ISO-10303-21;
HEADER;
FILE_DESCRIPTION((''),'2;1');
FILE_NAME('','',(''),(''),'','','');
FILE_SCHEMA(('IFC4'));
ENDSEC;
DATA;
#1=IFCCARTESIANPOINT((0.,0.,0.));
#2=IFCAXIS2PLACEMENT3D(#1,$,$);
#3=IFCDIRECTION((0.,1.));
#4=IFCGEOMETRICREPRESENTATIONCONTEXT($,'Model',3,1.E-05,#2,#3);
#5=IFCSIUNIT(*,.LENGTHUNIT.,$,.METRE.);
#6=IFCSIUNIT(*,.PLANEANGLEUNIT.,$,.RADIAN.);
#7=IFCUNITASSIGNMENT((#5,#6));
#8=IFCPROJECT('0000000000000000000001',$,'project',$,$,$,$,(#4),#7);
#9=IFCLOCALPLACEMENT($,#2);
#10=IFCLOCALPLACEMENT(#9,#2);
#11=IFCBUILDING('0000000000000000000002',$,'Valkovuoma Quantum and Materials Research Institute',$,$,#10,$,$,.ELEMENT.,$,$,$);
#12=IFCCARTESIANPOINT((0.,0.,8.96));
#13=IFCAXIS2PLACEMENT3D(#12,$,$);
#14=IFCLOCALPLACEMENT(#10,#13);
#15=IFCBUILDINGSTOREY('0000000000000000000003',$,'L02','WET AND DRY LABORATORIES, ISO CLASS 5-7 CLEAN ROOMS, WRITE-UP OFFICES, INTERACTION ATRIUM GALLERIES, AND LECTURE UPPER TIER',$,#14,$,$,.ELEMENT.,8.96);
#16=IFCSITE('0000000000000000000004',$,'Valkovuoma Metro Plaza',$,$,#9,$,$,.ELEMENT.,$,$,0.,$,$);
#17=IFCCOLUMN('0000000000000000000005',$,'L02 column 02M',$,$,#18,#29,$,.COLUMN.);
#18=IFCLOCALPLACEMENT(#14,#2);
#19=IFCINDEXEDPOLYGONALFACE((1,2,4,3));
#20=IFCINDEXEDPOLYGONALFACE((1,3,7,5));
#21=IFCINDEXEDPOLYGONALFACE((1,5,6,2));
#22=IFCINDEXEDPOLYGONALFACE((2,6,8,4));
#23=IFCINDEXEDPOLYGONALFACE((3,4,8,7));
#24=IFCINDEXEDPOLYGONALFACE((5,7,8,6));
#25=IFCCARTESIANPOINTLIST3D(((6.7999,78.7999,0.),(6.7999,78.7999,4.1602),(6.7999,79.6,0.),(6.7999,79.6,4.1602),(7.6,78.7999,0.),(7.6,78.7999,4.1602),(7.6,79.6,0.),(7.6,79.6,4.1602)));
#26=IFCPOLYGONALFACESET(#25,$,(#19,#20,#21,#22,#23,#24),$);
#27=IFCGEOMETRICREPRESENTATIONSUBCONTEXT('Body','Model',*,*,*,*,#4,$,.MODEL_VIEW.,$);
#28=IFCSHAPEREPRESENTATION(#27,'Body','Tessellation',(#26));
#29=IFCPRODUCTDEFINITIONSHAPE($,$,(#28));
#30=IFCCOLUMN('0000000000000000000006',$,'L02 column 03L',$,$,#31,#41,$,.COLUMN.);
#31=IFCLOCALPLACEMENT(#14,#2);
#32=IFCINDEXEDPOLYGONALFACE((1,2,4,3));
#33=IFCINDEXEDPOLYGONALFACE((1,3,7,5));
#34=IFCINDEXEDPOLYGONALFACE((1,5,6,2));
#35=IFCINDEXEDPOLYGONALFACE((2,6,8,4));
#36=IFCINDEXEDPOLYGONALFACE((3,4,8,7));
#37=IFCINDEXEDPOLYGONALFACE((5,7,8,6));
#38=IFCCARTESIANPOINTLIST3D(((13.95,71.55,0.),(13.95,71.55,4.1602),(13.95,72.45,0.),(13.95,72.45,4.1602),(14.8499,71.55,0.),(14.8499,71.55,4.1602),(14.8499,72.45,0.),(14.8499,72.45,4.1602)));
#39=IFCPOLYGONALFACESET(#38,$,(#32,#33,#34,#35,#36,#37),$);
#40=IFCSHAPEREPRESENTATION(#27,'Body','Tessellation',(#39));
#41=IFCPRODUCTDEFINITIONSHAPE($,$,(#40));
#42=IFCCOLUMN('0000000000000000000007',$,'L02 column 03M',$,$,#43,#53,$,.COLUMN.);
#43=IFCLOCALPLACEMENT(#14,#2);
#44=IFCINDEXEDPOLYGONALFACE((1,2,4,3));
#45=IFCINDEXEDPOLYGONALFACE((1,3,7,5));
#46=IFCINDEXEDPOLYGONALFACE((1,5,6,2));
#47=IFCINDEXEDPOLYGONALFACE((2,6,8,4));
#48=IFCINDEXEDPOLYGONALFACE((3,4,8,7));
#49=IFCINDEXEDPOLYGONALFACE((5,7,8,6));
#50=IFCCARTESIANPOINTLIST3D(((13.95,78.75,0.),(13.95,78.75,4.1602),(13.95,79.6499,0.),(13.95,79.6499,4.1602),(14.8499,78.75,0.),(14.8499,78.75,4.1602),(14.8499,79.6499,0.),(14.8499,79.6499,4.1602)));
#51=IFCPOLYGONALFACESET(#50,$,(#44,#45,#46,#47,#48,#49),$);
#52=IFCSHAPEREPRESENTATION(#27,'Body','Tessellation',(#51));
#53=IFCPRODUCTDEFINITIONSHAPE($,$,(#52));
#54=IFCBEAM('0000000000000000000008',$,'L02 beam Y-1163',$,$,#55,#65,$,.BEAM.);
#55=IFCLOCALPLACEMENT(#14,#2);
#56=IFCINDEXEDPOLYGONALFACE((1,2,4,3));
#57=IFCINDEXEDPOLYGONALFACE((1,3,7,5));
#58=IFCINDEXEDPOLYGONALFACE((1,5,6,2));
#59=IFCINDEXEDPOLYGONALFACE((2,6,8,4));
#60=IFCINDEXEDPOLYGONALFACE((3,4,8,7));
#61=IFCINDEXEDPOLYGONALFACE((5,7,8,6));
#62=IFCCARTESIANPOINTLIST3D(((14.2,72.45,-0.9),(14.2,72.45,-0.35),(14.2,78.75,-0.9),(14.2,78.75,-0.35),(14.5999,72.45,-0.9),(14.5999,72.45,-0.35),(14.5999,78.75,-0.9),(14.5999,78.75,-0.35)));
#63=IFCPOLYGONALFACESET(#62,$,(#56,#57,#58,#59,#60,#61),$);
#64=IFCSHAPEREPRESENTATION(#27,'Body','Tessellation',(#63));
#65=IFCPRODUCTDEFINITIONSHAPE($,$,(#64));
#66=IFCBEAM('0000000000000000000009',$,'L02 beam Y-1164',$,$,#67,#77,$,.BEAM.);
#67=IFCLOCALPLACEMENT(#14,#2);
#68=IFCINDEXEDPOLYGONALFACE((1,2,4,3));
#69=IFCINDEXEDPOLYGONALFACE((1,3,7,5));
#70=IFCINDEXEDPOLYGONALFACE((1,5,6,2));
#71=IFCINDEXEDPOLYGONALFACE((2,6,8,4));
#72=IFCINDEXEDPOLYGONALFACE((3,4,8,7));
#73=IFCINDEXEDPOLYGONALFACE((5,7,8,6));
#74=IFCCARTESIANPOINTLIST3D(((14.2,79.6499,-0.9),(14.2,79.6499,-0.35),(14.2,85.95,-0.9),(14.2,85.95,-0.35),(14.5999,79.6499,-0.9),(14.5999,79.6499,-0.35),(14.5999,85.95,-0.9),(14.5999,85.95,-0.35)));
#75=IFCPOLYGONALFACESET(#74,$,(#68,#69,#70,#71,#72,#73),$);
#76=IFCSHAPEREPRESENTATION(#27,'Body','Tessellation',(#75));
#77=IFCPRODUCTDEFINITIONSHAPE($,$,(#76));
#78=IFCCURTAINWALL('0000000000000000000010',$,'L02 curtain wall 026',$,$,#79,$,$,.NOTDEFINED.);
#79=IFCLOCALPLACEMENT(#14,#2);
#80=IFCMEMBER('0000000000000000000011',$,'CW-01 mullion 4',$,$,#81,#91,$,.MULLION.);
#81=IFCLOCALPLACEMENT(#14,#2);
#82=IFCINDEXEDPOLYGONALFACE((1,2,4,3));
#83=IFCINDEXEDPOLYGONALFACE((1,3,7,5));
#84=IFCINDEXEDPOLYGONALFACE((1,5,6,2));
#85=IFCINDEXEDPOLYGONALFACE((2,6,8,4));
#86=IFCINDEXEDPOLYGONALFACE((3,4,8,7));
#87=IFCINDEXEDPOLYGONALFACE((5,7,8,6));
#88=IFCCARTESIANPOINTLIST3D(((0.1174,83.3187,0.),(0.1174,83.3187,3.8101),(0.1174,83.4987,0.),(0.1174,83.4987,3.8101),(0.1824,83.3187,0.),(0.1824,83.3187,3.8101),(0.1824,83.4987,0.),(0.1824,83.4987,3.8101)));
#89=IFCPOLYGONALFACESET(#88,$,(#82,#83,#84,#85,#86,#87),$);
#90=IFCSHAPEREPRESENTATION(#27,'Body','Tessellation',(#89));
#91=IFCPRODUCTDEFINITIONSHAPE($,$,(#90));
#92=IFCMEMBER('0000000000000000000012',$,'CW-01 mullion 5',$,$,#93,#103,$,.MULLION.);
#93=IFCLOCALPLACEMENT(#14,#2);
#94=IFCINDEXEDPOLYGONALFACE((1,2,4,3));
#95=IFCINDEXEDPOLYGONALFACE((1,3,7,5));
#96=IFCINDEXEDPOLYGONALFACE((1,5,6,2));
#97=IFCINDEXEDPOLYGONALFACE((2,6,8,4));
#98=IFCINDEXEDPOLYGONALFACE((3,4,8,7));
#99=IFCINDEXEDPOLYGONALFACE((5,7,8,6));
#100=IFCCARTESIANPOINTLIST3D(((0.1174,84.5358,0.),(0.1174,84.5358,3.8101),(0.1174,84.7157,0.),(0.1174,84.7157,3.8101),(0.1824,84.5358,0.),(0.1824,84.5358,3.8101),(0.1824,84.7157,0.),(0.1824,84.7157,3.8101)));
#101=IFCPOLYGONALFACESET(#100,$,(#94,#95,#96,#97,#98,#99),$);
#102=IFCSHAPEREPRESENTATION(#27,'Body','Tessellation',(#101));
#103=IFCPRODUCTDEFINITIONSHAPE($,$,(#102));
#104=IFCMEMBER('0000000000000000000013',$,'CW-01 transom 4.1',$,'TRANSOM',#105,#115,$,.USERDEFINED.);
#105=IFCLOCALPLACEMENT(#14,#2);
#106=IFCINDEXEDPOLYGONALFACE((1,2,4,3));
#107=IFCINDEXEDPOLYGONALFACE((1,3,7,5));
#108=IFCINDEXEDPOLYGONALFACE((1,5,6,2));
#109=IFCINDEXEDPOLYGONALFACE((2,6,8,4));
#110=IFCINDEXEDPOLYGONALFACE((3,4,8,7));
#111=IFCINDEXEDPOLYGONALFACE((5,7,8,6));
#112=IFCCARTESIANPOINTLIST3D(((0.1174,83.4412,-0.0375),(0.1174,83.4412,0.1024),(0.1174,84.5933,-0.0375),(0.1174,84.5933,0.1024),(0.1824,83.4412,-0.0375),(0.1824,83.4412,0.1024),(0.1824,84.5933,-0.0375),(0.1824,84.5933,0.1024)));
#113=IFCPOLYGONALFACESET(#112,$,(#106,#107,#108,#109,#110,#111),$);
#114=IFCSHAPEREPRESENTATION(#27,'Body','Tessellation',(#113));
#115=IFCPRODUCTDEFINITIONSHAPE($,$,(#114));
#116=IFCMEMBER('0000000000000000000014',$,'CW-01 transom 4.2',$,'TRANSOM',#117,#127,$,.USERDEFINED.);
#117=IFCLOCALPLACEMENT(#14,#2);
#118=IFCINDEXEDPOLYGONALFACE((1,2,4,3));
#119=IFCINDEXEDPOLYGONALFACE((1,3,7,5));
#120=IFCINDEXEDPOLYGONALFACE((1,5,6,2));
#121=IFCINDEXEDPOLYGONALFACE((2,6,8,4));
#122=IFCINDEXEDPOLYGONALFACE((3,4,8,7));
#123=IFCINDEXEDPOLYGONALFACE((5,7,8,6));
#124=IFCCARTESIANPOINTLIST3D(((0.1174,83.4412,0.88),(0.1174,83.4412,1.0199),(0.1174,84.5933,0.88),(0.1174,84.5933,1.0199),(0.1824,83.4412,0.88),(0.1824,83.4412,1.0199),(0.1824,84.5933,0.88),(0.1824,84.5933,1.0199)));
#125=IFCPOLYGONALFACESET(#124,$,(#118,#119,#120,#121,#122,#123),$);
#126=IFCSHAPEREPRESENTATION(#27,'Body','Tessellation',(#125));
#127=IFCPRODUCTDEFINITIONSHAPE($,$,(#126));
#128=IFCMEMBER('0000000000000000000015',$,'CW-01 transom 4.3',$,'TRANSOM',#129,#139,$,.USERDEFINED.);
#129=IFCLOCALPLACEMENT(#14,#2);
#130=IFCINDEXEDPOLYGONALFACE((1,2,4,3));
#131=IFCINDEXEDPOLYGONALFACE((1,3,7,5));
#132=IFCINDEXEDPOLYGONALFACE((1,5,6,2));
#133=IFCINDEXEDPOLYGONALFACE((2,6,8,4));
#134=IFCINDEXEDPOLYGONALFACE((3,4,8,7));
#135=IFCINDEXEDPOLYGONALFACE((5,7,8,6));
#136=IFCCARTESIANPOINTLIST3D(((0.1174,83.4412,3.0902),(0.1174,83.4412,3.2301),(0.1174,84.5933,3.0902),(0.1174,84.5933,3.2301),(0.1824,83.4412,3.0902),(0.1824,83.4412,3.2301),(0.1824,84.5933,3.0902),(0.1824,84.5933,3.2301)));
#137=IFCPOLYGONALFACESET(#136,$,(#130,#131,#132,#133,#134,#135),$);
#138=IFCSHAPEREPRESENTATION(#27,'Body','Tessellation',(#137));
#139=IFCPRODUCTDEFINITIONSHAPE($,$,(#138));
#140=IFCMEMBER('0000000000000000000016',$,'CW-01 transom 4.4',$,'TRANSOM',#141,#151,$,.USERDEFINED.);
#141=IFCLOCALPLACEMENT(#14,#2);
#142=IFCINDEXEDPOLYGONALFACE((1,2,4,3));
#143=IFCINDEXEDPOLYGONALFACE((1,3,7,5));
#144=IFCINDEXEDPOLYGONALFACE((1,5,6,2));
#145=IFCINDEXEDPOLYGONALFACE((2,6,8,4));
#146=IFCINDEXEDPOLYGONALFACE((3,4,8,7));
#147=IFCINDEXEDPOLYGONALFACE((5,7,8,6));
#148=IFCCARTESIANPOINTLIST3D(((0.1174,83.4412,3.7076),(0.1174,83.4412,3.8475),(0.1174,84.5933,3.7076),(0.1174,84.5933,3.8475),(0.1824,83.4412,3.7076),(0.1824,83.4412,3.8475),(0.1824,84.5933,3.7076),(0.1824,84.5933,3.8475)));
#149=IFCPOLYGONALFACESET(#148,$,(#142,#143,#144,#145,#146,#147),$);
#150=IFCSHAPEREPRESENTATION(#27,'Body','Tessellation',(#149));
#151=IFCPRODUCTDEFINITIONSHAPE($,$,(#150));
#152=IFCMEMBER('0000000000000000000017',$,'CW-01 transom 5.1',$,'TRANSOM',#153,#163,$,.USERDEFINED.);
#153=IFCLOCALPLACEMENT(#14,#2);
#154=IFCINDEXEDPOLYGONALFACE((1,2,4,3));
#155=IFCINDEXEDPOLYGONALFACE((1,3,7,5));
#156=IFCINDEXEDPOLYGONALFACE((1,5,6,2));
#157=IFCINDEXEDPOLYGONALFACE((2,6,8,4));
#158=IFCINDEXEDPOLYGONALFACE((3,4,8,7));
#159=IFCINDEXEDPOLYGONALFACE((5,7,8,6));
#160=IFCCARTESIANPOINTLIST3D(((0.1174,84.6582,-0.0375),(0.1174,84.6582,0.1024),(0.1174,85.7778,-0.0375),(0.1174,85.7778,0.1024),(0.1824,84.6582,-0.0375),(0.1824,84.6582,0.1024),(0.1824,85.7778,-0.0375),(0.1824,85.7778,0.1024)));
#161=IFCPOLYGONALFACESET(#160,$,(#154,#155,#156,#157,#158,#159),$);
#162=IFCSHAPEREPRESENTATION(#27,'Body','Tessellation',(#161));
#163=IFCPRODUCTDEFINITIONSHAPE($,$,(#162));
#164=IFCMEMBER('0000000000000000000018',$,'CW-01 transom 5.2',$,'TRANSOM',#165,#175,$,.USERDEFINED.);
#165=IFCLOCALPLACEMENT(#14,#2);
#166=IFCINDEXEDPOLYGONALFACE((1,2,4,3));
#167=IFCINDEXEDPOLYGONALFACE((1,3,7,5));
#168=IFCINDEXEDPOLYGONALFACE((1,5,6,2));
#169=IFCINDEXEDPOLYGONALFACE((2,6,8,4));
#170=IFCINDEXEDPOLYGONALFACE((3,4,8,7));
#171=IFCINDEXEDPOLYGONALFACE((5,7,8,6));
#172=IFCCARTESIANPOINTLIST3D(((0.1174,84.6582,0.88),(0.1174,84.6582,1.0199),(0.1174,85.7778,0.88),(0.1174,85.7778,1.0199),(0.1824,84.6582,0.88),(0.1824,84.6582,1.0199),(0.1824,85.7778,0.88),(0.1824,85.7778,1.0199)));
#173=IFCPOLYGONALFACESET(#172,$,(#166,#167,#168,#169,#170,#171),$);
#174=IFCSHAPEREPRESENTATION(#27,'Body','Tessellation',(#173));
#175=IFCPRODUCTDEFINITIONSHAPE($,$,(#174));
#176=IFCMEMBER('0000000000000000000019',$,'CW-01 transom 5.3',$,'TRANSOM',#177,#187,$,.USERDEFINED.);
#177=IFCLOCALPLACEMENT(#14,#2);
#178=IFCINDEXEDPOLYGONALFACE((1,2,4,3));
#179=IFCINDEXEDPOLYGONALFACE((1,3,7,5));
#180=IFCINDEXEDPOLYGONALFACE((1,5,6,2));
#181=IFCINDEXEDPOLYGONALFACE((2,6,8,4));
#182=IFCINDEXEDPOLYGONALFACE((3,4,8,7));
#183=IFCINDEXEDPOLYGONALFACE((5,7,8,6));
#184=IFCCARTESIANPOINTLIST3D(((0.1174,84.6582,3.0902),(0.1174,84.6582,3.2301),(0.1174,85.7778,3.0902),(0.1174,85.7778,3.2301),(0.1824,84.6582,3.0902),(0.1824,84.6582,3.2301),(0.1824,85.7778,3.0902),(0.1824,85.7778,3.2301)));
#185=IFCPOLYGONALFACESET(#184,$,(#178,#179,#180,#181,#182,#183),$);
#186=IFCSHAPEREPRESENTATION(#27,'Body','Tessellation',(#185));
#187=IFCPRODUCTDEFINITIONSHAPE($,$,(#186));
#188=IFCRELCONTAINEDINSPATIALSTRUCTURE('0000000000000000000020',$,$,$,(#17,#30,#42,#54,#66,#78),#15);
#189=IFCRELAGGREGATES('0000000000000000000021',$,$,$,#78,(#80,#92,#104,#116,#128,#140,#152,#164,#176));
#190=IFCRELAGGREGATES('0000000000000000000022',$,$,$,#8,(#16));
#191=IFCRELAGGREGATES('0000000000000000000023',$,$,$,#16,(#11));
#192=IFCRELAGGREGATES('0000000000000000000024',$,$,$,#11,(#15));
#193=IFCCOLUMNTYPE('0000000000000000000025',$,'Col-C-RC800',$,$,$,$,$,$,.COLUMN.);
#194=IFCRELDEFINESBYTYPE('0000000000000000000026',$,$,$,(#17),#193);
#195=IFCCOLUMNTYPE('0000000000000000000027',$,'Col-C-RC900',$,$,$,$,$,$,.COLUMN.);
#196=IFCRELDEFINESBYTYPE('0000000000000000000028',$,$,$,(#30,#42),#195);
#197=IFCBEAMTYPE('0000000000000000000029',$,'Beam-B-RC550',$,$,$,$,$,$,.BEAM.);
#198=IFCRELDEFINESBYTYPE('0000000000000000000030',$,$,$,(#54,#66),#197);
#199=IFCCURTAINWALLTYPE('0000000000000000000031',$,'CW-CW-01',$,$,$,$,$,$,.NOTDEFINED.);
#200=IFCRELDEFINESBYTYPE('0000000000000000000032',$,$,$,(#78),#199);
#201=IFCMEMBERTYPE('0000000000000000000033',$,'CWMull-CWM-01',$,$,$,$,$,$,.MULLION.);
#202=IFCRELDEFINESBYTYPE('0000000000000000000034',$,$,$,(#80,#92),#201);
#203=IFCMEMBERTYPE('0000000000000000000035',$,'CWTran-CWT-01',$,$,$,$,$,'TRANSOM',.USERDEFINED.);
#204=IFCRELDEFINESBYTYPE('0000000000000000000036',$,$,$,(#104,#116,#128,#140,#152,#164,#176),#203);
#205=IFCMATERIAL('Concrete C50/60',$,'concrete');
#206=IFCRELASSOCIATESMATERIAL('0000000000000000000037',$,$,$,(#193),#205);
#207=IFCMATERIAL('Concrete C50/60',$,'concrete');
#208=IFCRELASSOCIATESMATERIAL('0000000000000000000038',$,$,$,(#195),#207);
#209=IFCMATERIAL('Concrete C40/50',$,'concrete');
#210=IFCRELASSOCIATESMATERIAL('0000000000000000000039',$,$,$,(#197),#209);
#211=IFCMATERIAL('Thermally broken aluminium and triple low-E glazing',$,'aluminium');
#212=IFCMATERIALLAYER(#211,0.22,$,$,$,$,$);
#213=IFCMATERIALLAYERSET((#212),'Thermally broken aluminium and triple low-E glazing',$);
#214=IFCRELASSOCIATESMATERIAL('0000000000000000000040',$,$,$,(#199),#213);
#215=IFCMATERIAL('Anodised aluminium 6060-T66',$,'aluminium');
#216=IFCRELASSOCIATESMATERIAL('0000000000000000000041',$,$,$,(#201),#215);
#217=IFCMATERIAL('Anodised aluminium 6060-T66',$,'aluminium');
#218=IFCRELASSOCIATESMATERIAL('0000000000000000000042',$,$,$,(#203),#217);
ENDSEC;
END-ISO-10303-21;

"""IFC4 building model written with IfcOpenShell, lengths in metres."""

from ifc_helpers import new_model, si_unit, direction, frame, origin, origin_2d, place, context, subcontext, project, spatial, rectangle, extrude, material, layer, layer_set, material_profile, profile_set, type_object, element, aggregate, save


model = new_model("IFC4")

# Units and contexts
model_context = context("Model", 3, precision=1e-05, world=origin(), true_north=direction((0.0, 1.0)))
body_context = subcontext(model_context, "Body", "Model", "MODEL_VIEW")
ifc_project = project(units=[si_unit("LENGTHUNIT", "METRE"), si_unit("PLANEANGLEUNIT", "RADIAN")], contexts=[model_context])

# Site, building, storey
site_placement = place(None, origin())
site = spatial("IfcSite", under=ifc_project, at=site_placement, Name="Valkovuoma Metro Plaza", CompositionType="ELEMENT", RefElevation=0.0)
building_placement = place(site_placement, origin())
building = spatial("IfcBuilding", under=site, at=building_placement, Name="Valkovuoma Quantum and Materials Research Institute", CompositionType="ELEMENT")
storey_placement = place(building_placement, frame((0.0, 0.0, 8.96)))
storey = spatial("IfcBuildingStorey", under=building, at=storey_placement, Name="L02", Description="WET AND DRY LABORATORIES, ISO CLASS 5-7 CLEAN ROOMS, WRITE-UP OFFICES, INTERACTION ATRIUM GALLERIES, AND LECTURE UPPER TIER", CompositionType="ELEMENT", Elevation=8.96)

# Columns
ifc_material_1 = material(Name="Concrete C50/60", Category="concrete")
ifc_material_profile_1 = material_profile(ifc_material_1, rectangle(XDim=0.8, YDim=0.8, at=origin_2d()), Name="Concrete C50/60")
ifc_profile_set_1 = profile_set([ifc_material_profile_1], Name="Concrete C50/60")
column_type_1 = type_object("IfcColumnType", Name="Col-C-RC800", PredefinedType="COLUMN", material=ifc_profile_set_1)
column_placement = place(storey_placement, frame((7.2, 79.2, 0.0), z_axis=(0.0, 0.0, 1.0), x_axis=(1.0, 0.0, 0.0)))
element("IfcColumn", 1, at=column_placement, inside=storey, type_object=column_type_1, Name="L02 column 02M", PredefinedType="COLUMN", context=body_context, shape_type="SweptSolid", body=[
    extrude(rectangle(XDim=0.8, YDim=0.8, at=origin_2d()), origin(), (0.0, 0.0, 1.0), 4.1602),
])
ifc_material_2 = material(Name="Concrete C50/60", Category="concrete")
ifc_material_profile_2 = material_profile(ifc_material_2, rectangle(XDim=0.8999, YDim=0.8999, at=origin_2d()), Name="Concrete C50/60")
ifc_profile_set_2 = profile_set([ifc_material_profile_2], Name="Concrete C50/60")
column_type_2 = type_object("IfcColumnType", Name="Col-C-RC900", PredefinedType="COLUMN", material=ifc_profile_set_2)
for number, where, z_axis, x_axis, name in (
    (2, (14.3999, 72.0, 0.0), (0.0, 0.0, 1.0), (1.0, 0.0, 0.0), "L02 column 03L"),
    (3, (14.3999, 79.2, 0.0), (0.0, 0.0, 1.0), (1.0, 0.0, 0.0), "L02 column 03M"),
):
    element("IfcColumn", number, at=place(storey_placement, frame(where, z_axis=z_axis, x_axis=x_axis)), inside=storey, type_object=column_type_2, Name=name, PredefinedType="COLUMN", context=body_context, shape_type="SweptSolid", body=[
        extrude(rectangle(XDim=0.8999, YDim=0.8999, at=origin_2d()), origin(), (0.0, 0.0, 1.0), 4.1602),
    ])

# Beams
ifc_material_3 = material(Name="Concrete C40/50", Category="concrete")
ifc_material_profile_3 = material_profile(ifc_material_3, rectangle(XDim=0.3999, YDim=0.55, at=origin_2d()), Name="Concrete C40/50")
ifc_profile_set_3 = profile_set([ifc_material_profile_3], Name="Concrete C40/50")
beam_type = type_object("IfcBeamType", Name="Beam-B-RC550", PredefinedType="BEAM", material=ifc_profile_set_3)
for number, where, z_axis, x_axis, name in (
    (4, (14.3999, 72.45, -0.625), (0.0, 1.0, 0.0), (-1.0, 0.0, 0.0), "L02 beam Y-1163"),
    (5, (14.3999, 79.6499, -0.625), (0.0, 1.0, 0.0), (-1.0, 0.0, 0.0), "L02 beam Y-1164"),
):
    element("IfcBeam", number, at=place(storey_placement, frame(where, z_axis=z_axis, x_axis=x_axis)), inside=storey, type_object=beam_type, Name=name, PredefinedType="BEAM", context=body_context, shape_type="SweptSolid", body=[
        extrude(rectangle(XDim=0.3999, YDim=0.55, at=origin_2d()), origin(), (0.0, 0.0, 1.0), 6.3),
    ])

# Curtain wall, members
ifc_material_4 = material(Name="Thermally broken aluminium and triple low-E glazing", Category="aluminium")
ifc_layer_1 = layer(ifc_material_4, 0.22)
ifc_layer_set_1 = layer_set([ifc_layer_1], Name="Thermally broken aluminium and triple low-E glazing")
curtain_wall_type = type_object("IfcCurtainWallType", Name="CW-CW-01", PredefinedType="NOTDEFINED", material=ifc_layer_set_1)
curtain_wall_placement = place(storey_placement, origin())
curtain_wall = element("IfcCurtainWall", 6, at=curtain_wall_placement, inside=storey, type_object=curtain_wall_type, Name="L02 curtain wall 026", PredefinedType="NOTDEFINED")
ifc_material_5 = material(Name="Anodised aluminium 6060-T66", Category="aluminium")
ifc_material_profile_4 = material_profile(ifc_material_5, rectangle(XDim=0.0649, YDim=0.1799, at=origin_2d()), Name="Anodised aluminium 6060-T66")
ifc_profile_set_4 = profile_set([ifc_material_profile_4], Name="Anodised aluminium 6060-T66")
member_type_1 = type_object("IfcMemberType", Name="CWMull-CWM-01", PredefinedType="MULLION", material=ifc_profile_set_4)
member_1_placement = place(storey_placement, frame((0.1499, 83.4087, 0.0), z_axis=(0.0, 0.0, 1.0), x_axis=(-1.0, 0.0, 0.0)))
member_1 = element("IfcMember", 7, at=member_1_placement, type_object=member_type_1, Name="CW-01 mullion 4", PredefinedType="MULLION", context=body_context, shape_type="SweptSolid", body=[
    extrude(rectangle(XDim=0.0649, YDim=0.1799, at=origin_2d()), origin(), (0.0, 0.0, 1.0), 3.8101),
])
member_2_placement = place(storey_placement, frame((0.1499, 84.6257, 0.0), z_axis=(0.0, 0.0, 1.0), x_axis=(-1.0, 0.0, 0.0)))
member_2 = element("IfcMember", 8, at=member_2_placement, type_object=member_type_1, Name="CW-01 mullion 5", PredefinedType="MULLION", context=body_context, shape_type="SweptSolid", body=[
    extrude(rectangle(XDim=0.0649, YDim=0.1799, at=origin_2d()), origin(), (0.0, 0.0, 1.0), 3.8101),
])
ifc_material_6 = material(Name="Anodised aluminium 6060-T66", Category="aluminium")
ifc_material_profile_5 = material_profile(ifc_material_6, rectangle(XDim=0.0649, YDim=0.1399, at=origin_2d()), Name="Anodised aluminium 6060-T66")
ifc_profile_set_5 = profile_set([ifc_material_profile_5], Name="Anodised aluminium 6060-T66")
member_type_2 = type_object("IfcMemberType", Name="CWTran-CWT-01", ElementType="TRANSOM", PredefinedType="USERDEFINED", material=ifc_profile_set_5)
member_3_placement = place(storey_placement, frame((0.1499, 83.4412, 0.0325), z_axis=(0.0, 1.0, 0.0), x_axis=(-1.0, 0.0, 0.0)))
member_3 = element("IfcMember", 9, at=member_3_placement, type_object=member_type_2, Name="CW-01 transom 4.1", ObjectType="TRANSOM", PredefinedType="USERDEFINED", context=body_context, shape_type="SweptSolid", body=[
    extrude(rectangle(XDim=0.0649, YDim=0.1399, at=origin_2d()), origin(), (0.0, 0.0, 1.0), 1.1521),
])
member_4_placement = place(storey_placement, frame((0.1499, 83.4412, 0.95), z_axis=(0.0, 1.0, 0.0), x_axis=(-1.0, 0.0, 0.0)))
member_4 = element("IfcMember", 10, at=member_4_placement, type_object=member_type_2, Name="CW-01 transom 4.2", ObjectType="TRANSOM", PredefinedType="USERDEFINED", context=body_context, shape_type="SweptSolid", body=[
    extrude(rectangle(XDim=0.0649, YDim=0.1399, at=origin_2d()), origin(), (0.0, 0.0, 1.0), 1.1521),
])
member_5_placement = place(storey_placement, frame((0.1499, 83.4412, 3.1602), z_axis=(0.0, 1.0, 0.0), x_axis=(-1.0, 0.0, 0.0)))
member_5 = element("IfcMember", 11, at=member_5_placement, type_object=member_type_2, Name="CW-01 transom 4.3", ObjectType="TRANSOM", PredefinedType="USERDEFINED", context=body_context, shape_type="SweptSolid", body=[
    extrude(rectangle(XDim=0.0649, YDim=0.1399, at=origin_2d()), origin(), (0.0, 0.0, 1.0), 1.1521),
])
member_6_placement = place(storey_placement, frame((0.1499, 83.4412, 3.7776), z_axis=(0.0, 1.0, 0.0), x_axis=(-1.0, 0.0, 0.0)))
member_6 = element("IfcMember", 12, at=member_6_placement, type_object=member_type_2, Name="CW-01 transom 4.4", ObjectType="TRANSOM", PredefinedType="USERDEFINED", context=body_context, shape_type="SweptSolid", body=[
    extrude(rectangle(XDim=0.0649, YDim=0.1399, at=origin_2d()), origin(), (0.0, 0.0, 1.0), 1.1521),
])
member_7_placement = place(storey_placement, frame((0.1499, 84.6582, 0.0325), z_axis=(0.0, 1.0, 0.0), x_axis=(-1.0, 0.0, 0.0)))
member_7 = element("IfcMember", 13, at=member_7_placement, type_object=member_type_2, Name="CW-01 transom 5.1", ObjectType="TRANSOM", PredefinedType="USERDEFINED", context=body_context, shape_type="SweptSolid", body=[
    extrude(rectangle(XDim=0.0649, YDim=0.1399, at=origin_2d()), origin(), (0.0, 0.0, 1.0), 1.1196),
])
member_8_placement = place(storey_placement, frame((0.1499, 84.6582, 0.95), z_axis=(0.0, 1.0, 0.0), x_axis=(-1.0, 0.0, 0.0)))
member_8 = element("IfcMember", 14, at=member_8_placement, type_object=member_type_2, Name="CW-01 transom 5.2", ObjectType="TRANSOM", PredefinedType="USERDEFINED", context=body_context, shape_type="SweptSolid", body=[
    extrude(rectangle(XDim=0.0649, YDim=0.1399, at=origin_2d()), origin(), (0.0, 0.0, 1.0), 1.1196),
])
member_9_placement = place(storey_placement, frame((0.1499, 84.6582, 3.1602), z_axis=(0.0, 1.0, 0.0), x_axis=(-1.0, 0.0, 0.0)))
member_9 = element("IfcMember", 15, at=member_9_placement, type_object=member_type_2, Name="CW-01 transom 5.3", ObjectType="TRANSOM", PredefinedType="USERDEFINED", context=body_context, shape_type="SweptSolid", body=[
    extrude(rectangle(XDim=0.0649, YDim=0.1399, at=origin_2d()), origin(), (0.0, 0.0, 1.0), 1.1196),
])
aggregate(curtain_wall, [member_1, member_2, member_3, member_4, member_5, member_6, member_7, member_8, member_9])

save(model, "model.ifc")
